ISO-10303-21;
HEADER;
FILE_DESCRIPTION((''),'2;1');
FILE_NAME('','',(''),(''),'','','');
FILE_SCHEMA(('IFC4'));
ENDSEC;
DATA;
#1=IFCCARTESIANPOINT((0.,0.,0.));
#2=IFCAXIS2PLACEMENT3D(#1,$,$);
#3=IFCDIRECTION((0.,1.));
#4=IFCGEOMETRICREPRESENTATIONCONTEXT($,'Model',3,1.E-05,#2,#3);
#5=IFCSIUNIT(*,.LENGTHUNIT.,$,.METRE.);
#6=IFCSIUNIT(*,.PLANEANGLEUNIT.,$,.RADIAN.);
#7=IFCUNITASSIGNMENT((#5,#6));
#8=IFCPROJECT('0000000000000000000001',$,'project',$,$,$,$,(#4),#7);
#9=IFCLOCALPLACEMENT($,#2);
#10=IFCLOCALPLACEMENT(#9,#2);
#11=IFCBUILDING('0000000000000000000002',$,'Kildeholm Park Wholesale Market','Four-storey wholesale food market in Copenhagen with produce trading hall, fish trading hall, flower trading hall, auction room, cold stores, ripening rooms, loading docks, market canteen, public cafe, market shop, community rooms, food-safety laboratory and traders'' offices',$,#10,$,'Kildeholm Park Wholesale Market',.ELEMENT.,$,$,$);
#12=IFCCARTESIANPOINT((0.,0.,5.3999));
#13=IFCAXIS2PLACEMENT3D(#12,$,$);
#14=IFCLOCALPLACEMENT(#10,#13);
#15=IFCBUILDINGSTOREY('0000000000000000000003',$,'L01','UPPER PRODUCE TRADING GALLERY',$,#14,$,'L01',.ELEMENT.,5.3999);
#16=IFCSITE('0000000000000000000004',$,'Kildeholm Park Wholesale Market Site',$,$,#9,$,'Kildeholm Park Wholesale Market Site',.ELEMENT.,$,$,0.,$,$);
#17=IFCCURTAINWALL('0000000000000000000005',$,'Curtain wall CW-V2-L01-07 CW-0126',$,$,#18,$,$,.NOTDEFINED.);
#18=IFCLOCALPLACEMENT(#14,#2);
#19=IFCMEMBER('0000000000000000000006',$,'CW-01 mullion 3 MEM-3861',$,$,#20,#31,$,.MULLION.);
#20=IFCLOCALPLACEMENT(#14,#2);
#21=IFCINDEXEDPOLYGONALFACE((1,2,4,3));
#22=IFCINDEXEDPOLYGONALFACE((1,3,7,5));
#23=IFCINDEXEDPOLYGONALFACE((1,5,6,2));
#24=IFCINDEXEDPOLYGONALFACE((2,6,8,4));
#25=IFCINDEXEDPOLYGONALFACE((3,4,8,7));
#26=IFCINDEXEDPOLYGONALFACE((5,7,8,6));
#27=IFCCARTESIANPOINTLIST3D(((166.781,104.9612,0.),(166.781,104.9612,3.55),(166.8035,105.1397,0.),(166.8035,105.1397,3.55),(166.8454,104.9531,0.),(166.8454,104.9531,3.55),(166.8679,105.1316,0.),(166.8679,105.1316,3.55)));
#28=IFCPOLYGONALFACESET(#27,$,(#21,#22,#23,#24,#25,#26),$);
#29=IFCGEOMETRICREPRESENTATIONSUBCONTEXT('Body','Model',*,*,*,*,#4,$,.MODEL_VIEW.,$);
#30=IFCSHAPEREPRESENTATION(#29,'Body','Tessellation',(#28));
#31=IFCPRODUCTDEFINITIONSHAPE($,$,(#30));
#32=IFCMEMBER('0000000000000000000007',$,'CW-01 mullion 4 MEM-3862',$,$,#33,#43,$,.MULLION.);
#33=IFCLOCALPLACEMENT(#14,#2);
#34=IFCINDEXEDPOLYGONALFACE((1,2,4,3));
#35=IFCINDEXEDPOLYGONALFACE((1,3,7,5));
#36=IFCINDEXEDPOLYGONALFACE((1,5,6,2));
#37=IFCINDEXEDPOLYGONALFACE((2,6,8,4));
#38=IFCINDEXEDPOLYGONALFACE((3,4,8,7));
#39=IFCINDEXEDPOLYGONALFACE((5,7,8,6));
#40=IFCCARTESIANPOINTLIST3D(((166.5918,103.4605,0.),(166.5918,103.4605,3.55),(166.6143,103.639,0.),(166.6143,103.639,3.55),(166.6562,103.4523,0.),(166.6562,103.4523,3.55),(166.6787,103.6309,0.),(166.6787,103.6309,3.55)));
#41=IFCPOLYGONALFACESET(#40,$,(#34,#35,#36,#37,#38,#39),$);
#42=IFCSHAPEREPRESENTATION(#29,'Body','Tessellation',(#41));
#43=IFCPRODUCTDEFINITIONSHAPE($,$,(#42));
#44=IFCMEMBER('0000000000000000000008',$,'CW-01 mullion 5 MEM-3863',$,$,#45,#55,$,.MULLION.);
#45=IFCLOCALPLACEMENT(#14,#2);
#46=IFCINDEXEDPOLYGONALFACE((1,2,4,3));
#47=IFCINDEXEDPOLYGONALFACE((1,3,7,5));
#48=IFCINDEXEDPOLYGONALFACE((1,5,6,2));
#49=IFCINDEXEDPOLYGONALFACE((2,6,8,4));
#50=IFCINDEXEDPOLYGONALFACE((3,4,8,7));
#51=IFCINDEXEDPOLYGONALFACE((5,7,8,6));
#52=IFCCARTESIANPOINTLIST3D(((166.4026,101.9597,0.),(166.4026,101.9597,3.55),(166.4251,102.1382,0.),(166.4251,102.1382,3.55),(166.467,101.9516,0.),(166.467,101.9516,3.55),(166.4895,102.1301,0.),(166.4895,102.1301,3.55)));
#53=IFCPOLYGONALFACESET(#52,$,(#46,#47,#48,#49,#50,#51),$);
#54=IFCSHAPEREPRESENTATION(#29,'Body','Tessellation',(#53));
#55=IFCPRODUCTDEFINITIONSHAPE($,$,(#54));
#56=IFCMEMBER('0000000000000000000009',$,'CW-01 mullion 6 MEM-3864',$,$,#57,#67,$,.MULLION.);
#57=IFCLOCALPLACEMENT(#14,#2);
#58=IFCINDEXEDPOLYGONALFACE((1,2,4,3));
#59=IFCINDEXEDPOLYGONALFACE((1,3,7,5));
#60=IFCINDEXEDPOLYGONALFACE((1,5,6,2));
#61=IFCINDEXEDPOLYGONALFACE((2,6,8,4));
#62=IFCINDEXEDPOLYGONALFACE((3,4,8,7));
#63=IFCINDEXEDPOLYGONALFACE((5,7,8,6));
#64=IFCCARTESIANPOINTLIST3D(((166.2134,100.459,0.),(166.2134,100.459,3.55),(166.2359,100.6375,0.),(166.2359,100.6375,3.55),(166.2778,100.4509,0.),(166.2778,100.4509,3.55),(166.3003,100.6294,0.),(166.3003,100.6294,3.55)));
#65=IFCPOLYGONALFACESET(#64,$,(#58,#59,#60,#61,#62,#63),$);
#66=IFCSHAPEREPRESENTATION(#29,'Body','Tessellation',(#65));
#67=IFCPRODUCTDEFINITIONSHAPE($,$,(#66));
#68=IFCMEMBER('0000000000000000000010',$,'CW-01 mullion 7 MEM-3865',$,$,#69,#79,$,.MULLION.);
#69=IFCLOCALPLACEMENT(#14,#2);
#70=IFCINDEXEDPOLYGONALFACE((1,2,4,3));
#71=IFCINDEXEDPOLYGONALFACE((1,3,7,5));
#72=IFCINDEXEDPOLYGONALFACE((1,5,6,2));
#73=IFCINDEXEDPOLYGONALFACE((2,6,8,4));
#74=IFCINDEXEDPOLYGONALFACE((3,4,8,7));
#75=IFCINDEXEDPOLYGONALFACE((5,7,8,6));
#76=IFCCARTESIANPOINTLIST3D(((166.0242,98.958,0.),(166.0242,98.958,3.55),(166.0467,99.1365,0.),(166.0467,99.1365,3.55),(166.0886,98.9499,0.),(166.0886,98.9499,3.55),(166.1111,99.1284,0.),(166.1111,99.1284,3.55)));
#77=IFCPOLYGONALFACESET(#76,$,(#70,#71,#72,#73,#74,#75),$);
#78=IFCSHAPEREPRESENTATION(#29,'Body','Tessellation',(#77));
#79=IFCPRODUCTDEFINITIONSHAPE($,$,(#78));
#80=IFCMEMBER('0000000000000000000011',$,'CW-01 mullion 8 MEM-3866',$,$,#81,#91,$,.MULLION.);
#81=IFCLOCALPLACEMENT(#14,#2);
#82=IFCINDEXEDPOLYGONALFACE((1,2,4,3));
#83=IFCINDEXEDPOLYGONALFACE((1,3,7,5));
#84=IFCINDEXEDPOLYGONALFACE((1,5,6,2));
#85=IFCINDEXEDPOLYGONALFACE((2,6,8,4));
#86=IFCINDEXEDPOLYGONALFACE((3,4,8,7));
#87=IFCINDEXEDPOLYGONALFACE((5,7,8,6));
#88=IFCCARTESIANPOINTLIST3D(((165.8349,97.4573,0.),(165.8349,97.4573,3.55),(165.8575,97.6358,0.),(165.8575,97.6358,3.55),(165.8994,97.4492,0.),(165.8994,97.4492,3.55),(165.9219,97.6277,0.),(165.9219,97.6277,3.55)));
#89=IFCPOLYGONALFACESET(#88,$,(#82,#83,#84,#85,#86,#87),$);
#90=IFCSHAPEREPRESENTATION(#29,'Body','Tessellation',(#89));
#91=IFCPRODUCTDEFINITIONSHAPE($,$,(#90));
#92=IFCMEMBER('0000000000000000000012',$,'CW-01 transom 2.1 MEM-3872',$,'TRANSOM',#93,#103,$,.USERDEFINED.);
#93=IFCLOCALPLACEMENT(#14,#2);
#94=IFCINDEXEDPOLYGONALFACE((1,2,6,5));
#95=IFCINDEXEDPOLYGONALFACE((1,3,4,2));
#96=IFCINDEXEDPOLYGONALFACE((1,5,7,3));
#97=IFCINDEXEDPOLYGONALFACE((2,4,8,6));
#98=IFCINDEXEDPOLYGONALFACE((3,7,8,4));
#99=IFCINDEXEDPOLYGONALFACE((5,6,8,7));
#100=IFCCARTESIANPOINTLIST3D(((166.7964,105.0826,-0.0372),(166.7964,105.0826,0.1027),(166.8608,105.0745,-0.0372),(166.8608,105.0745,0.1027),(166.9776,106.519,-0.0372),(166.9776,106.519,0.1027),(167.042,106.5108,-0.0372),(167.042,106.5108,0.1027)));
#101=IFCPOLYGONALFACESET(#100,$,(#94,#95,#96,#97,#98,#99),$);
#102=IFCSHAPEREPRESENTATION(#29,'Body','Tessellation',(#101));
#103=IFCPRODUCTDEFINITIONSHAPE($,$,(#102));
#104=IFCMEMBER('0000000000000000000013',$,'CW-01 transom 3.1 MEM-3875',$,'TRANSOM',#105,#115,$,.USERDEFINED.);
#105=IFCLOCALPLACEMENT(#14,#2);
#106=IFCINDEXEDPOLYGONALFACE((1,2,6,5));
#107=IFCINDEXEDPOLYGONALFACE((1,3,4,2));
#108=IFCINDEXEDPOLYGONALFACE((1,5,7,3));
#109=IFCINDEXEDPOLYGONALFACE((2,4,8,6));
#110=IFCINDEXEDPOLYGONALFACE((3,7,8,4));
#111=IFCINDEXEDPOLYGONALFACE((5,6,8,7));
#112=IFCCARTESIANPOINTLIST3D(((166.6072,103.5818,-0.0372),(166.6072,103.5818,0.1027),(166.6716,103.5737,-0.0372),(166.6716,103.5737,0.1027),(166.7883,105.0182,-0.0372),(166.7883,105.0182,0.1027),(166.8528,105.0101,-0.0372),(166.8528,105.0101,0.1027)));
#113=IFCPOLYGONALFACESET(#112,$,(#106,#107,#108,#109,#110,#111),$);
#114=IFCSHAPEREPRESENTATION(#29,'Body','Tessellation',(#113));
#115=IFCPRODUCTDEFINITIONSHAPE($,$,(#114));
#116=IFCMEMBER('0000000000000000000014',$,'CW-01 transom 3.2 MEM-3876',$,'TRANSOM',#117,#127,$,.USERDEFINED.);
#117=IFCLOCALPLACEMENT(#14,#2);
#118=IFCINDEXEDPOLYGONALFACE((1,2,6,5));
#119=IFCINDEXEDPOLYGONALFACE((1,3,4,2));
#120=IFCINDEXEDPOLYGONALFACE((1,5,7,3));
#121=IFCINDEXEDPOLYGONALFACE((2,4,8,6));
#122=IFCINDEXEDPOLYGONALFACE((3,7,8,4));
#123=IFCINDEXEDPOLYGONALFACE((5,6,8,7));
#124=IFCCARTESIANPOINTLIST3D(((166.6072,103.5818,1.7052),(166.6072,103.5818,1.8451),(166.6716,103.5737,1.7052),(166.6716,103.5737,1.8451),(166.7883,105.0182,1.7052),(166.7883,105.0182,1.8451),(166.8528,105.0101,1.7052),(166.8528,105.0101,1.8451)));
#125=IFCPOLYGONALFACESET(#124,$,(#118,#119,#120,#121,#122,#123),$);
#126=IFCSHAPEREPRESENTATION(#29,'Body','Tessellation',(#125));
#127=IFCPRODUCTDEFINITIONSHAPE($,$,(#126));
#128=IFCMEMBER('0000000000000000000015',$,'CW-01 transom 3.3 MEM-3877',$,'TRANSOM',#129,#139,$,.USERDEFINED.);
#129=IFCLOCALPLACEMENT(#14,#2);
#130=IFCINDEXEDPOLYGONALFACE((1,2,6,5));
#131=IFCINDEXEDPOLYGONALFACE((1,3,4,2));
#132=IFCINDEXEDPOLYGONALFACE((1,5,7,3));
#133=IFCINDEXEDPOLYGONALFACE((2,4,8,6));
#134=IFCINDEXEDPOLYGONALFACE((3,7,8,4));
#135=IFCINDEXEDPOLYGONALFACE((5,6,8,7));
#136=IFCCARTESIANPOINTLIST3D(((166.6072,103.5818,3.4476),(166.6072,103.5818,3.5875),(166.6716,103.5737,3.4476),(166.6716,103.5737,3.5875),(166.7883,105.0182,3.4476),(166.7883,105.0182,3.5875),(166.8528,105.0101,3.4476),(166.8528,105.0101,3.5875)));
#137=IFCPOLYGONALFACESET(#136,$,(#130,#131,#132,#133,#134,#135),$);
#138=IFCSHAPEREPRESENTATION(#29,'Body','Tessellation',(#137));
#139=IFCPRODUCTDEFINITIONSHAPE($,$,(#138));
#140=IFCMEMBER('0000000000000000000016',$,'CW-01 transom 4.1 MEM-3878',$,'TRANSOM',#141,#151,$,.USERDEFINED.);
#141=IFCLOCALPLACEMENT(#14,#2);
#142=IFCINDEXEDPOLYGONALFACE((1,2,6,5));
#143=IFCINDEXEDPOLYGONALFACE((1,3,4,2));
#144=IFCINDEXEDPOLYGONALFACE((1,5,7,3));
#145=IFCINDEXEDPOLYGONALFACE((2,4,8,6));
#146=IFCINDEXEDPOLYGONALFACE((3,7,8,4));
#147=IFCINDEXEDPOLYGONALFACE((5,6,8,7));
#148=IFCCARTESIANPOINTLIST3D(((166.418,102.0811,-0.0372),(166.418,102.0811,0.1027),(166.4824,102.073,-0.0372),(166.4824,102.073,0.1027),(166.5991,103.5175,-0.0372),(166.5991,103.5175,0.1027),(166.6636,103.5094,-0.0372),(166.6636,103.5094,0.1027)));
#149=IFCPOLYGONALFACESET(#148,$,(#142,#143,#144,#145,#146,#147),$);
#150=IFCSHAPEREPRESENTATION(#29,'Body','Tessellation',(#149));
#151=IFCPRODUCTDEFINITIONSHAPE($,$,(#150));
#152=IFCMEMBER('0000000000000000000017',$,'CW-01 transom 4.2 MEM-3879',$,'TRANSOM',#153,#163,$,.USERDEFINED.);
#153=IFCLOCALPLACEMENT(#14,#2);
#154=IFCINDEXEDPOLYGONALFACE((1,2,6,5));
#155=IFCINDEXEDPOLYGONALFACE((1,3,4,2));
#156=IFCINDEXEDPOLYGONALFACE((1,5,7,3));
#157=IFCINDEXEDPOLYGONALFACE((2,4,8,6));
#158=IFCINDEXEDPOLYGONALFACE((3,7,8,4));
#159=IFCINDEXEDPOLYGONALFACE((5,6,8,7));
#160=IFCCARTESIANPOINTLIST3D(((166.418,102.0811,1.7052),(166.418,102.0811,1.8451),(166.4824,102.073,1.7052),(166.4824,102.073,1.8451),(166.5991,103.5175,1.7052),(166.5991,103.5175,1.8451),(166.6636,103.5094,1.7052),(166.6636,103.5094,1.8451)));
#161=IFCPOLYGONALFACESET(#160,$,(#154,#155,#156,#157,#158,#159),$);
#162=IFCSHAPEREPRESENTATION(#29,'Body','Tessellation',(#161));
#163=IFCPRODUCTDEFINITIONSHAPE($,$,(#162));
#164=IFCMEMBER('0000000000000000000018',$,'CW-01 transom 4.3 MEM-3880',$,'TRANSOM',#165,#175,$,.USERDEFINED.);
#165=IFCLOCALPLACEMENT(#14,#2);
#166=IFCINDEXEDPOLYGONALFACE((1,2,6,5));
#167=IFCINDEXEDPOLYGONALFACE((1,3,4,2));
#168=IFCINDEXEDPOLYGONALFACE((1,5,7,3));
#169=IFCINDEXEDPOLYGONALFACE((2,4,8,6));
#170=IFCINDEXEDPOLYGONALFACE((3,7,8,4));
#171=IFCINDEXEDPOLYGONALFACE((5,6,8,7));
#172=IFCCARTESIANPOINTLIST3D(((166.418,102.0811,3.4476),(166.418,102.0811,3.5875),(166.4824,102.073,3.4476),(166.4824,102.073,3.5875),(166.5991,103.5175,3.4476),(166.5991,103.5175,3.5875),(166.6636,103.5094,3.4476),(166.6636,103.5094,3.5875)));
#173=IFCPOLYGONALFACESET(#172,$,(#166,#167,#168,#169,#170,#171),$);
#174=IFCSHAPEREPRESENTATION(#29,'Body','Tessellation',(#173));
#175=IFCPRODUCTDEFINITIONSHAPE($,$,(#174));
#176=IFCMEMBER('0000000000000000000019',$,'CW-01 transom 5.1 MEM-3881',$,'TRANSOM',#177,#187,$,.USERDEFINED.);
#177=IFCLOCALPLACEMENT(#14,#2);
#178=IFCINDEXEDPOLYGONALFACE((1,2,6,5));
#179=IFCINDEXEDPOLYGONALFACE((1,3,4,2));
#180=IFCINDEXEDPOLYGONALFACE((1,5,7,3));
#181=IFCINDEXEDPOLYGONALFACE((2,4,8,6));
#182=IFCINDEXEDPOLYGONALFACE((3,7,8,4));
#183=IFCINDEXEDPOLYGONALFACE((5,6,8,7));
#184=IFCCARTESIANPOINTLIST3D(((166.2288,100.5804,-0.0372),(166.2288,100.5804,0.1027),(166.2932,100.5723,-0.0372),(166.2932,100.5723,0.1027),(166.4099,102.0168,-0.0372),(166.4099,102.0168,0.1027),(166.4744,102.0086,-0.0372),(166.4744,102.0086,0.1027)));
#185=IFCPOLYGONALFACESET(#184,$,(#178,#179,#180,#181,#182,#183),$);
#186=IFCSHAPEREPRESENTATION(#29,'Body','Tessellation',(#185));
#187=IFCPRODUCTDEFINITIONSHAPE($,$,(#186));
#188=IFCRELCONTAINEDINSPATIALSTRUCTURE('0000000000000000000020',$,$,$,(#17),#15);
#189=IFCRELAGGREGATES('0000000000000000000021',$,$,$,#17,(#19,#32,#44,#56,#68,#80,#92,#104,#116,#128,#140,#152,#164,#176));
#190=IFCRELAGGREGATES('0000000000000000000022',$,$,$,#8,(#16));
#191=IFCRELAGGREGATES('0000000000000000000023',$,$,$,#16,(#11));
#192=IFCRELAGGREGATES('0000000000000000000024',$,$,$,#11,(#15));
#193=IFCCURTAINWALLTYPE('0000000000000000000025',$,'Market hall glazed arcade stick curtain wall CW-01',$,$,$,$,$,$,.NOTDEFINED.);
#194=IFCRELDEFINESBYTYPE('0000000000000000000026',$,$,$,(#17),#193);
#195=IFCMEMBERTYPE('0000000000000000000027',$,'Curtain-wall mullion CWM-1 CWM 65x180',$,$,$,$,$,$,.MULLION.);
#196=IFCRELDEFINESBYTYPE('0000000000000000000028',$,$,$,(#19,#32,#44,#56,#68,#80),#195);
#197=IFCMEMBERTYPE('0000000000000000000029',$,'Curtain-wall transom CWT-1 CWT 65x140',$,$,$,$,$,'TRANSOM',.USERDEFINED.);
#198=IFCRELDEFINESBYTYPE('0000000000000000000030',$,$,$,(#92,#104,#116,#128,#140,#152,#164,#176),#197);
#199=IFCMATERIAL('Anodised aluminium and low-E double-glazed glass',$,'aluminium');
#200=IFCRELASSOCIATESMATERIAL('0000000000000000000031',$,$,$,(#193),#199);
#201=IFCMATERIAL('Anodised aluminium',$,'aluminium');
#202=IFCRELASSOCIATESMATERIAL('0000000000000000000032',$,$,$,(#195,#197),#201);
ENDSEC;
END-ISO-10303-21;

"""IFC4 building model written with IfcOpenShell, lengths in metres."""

from ifc_helpers import new_model, si_unit, direction, frame, origin, origin_2d, place, context, subcontext, project, spatial, rectangle, extrude, material, material_profile, profile_set, type_object, element, aggregate, save


model = new_model("IFC4")

# Units and contexts
model_context = context("Model", 3, precision=1e-05, world=origin(), true_north=direction((0.0, 1.0)))
body_context = subcontext(model_context, "Body", "Model", "MODEL_VIEW")
ifc_project = project(units=[si_unit("LENGTHUNIT", "METRE"), si_unit("PLANEANGLEUNIT", "RADIAN")], contexts=[model_context])

# Site, building, storey
site_placement = place(None, origin())
site = spatial("IfcSite", under=ifc_project, at=site_placement, Name="Kildeholm Park Wholesale Market Site", LongName="Kildeholm Park Wholesale Market Site", CompositionType="ELEMENT", RefElevation=0.0)
building_placement = place(site_placement, origin())
building = spatial("IfcBuilding", under=site, at=building_placement, Name="Kildeholm Park Wholesale Market", Description="Four-storey wholesale food market in Copenhagen with produce trading hall, fish trading hall, flower trading hall, auction room, cold stores, ripening rooms, loading docks, market canteen, public cafe, market shop, community rooms, food-safety laboratory and traders' offices", LongName="Kildeholm Park Wholesale Market", CompositionType="ELEMENT")
storey_placement = place(building_placement, frame((0.0, 0.0, 5.3999)))
storey = spatial("IfcBuildingStorey", under=building, at=storey_placement, Name="L01", Description="UPPER PRODUCE TRADING GALLERY", LongName="L01", CompositionType="ELEMENT", Elevation=5.3999)

# Curtain wall, members
ifc_material_1 = material(Name="Anodised aluminium and low-E double-glazed glass", Category="aluminium")
curtain_wall_type = type_object("IfcCurtainWallType", Name="Market hall glazed arcade stick curtain wall CW-01", PredefinedType="NOTDEFINED", material=ifc_material_1)
curtain_wall_1_placement = place(storey_placement, origin())
curtain_wall_1 = element("IfcCurtainWall", 1, at=curtain_wall_1_placement, inside=storey, type_object=curtain_wall_type, Name="Curtain wall CW-V2-L01-07 CW-0126", PredefinedType="NOTDEFINED")
ifc_material_2 = material(Name="Anodised aluminium", Category="aluminium")
ifc_material_profile_1 = material_profile(ifc_material_2, rectangle(XDim=0.0649, YDim=0.1799, at=origin_2d()), Name="CWM 65x180")
ifc_profile_set_1 = profile_set([ifc_material_profile_1], Name="Anodised aluminium")
member_type_1 = type_object("IfcMemberType", Name="Curtain-wall mullion CWM-1 CWM 65x180", PredefinedType="MULLION", material=ifc_profile_set_1)
member_1_placement = place(storey_placement, frame((166.8245, 105.0464, 0.0), z_axis=(0.0, 0.0, 1.0), x_axis=(0.992145, -0.125092, 0.0)))
member_1 = element("IfcMember", 2, at=member_1_placement, type_object=member_type_1, Name="CW-01 mullion 3 MEM-3861", PredefinedType="MULLION", context=body_context, shape_type="SweptSolid", body=[
    extrude(rectangle(XDim=0.0649, YDim=0.1799, at=origin_2d()), origin(), (0.0, 0.0, 1.0), 3.55),
])
member_2_placement = place(storey_placement, frame((166.6353, 103.5457, 0.0), z_axis=(0.0, 0.0, 1.0), x_axis=(0.992145, -0.125092, 0.0)))
member_2 = element("IfcMember", 3, at=member_2_placement, type_object=member_type_1, Name="CW-01 mullion 4 MEM-3862", PredefinedType="MULLION", context=body_context, shape_type="SweptSolid", body=[
    extrude(rectangle(XDim=0.0649, YDim=0.1799, at=origin_2d()), origin(), (0.0, 0.0, 1.0), 3.55),
])
member_3_placement = place(storey_placement, frame((166.446, 102.0449, 0.0), z_axis=(0.0, 0.0, 1.0), x_axis=(0.992145, -0.125092, 0.0)))
member_3 = element("IfcMember", 4, at=member_3_placement, type_object=member_type_1, Name="CW-01 mullion 5 MEM-3863", PredefinedType="MULLION", context=body_context, shape_type="SweptSolid", body=[
    extrude(rectangle(XDim=0.0649, YDim=0.1799, at=origin_2d()), origin(), (0.0, 0.0, 1.0), 3.55),
])
member_4_placement = place(storey_placement, frame((166.2568, 100.5442, 0.0), z_axis=(0.0, 0.0, 1.0), x_axis=(0.992145, -0.125092, 0.0)))
member_4 = element("IfcMember", 5, at=member_4_placement, type_object=member_type_1, Name="CW-01 mullion 6 MEM-3864", PredefinedType="MULLION", context=body_context, shape_type="SweptSolid", body=[
    extrude(rectangle(XDim=0.0649, YDim=0.1799, at=origin_2d()), origin(), (0.0, 0.0, 1.0), 3.55),
])
member_5_placement = place(storey_placement, frame((166.0676, 99.0432, 0.0), z_axis=(0.0, 0.0, 1.0), x_axis=(0.992145, -0.125092, 0.0)))
member_5 = element("IfcMember", 6, at=member_5_placement, type_object=member_type_1, Name="CW-01 mullion 7 MEM-3865", PredefinedType="MULLION", context=body_context, shape_type="SweptSolid", body=[
    extrude(rectangle(XDim=0.0649, YDim=0.1799, at=origin_2d()), origin(), (0.0, 0.0, 1.0), 3.55),
])
member_6_placement = place(storey_placement, frame((165.8784, 97.5425, 0.0), z_axis=(0.0, 0.0, 1.0), x_axis=(0.992145, -0.125092, 0.0)))
member_6 = element("IfcMember", 7, at=member_6_placement, type_object=member_type_1, Name="CW-01 mullion 8 MEM-3866", PredefinedType="MULLION", context=body_context, shape_type="SweptSolid", body=[
    extrude(rectangle(XDim=0.0649, YDim=0.1799, at=origin_2d()), origin(), (0.0, 0.0, 1.0), 3.55),
])
ifc_material_profile_2 = material_profile(ifc_material_2, rectangle(XDim=0.0649, YDim=0.1399, at=origin_2d()), Name="CWT 65x140")
ifc_profile_set_2 = profile_set([ifc_material_profile_2], Name="Anodised aluminium")
member_type_2 = type_object("IfcMemberType", Name="Curtain-wall transom CWT-1 CWT 65x140", ElementType="TRANSOM", PredefinedType="USERDEFINED", material=ifc_profile_set_2)
member_7_placement = place(storey_placement, frame((167.0098, 106.5149, 0.0327), z_axis=(-0.125135, -0.99214, 0.0), x_axis=(0.99214, -0.125135, 0.0)))
member_7 = element("IfcMember", 8, at=member_7_placement, type_object=member_type_2, Name="CW-01 transom 2.1 MEM-3872", ObjectType="TRANSOM", PredefinedType="USERDEFINED", context=body_context, shape_type="SweptSolid", body=[
    extrude(rectangle(XDim=0.0649, YDim=0.1399, at=origin_2d()), origin(), (0.0, 0.0, 1.0), 1.4478),
])
member_8_placement = place(storey_placement, frame((166.8206, 105.0142, 0.0327), z_axis=(-0.125135, -0.99214, 0.0), x_axis=(0.99214, -0.125135, 0.0)))
member_8 = element("IfcMember", 9, at=member_8_placement, type_object=member_type_2, Name="CW-01 transom 3.1 MEM-3875", ObjectType="TRANSOM", PredefinedType="USERDEFINED", context=body_context, shape_type="SweptSolid", body=[
    extrude(rectangle(XDim=0.0649, YDim=0.1399, at=origin_2d()), origin(), (0.0, 0.0, 1.0), 1.4478),
])
member_9_placement = place(storey_placement, frame((166.8206, 105.0142, 1.7751), z_axis=(-0.125135, -0.99214, 0.0), x_axis=(0.99214, -0.125135, 0.0)))
member_9 = element("IfcMember", 10, at=member_9_placement, type_object=member_type_2, Name="CW-01 transom 3.2 MEM-3876", ObjectType="TRANSOM", PredefinedType="USERDEFINED", context=body_context, shape_type="SweptSolid", body=[
    extrude(rectangle(XDim=0.0649, YDim=0.1399, at=origin_2d()), origin(), (0.0, 0.0, 1.0), 1.4478),
])
member_10_placement = place(storey_placement, frame((166.8206, 105.0142, 3.5176), z_axis=(-0.125135, -0.99214, 0.0), x_axis=(0.99214, -0.125135, 0.0)))
member_10 = element("IfcMember", 11, at=member_10_placement, type_object=member_type_2, Name="CW-01 transom 3.3 MEM-3877", ObjectType="TRANSOM", PredefinedType="USERDEFINED", context=body_context, shape_type="SweptSolid", body=[
    extrude(rectangle(XDim=0.0649, YDim=0.1399, at=origin_2d()), origin(), (0.0, 0.0, 1.0), 1.4478),
])
member_11_placement = place(storey_placement, frame((166.6313, 103.5134, 0.0327), z_axis=(-0.125135, -0.99214, 0.0), x_axis=(0.99214, -0.125135, 0.0)))
member_11 = element("IfcMember", 12, at=member_11_placement, type_object=member_type_2, Name="CW-01 transom 4.1 MEM-3878", ObjectType="TRANSOM", PredefinedType="USERDEFINED", context=body_context, shape_type="SweptSolid", body=[
    extrude(rectangle(XDim=0.0649, YDim=0.1399, at=origin_2d()), origin(), (0.0, 0.0, 1.0), 1.4478),
])
member_12_placement = place(storey_placement, frame((166.6313, 103.5134, 1.7751), z_axis=(-0.125135, -0.99214, 0.0), x_axis=(0.99214, -0.125135, 0.0)))
member_12 = element("IfcMember", 13, at=member_12_placement, type_object=member_type_2, Name="CW-01 transom 4.2 MEM-3879", ObjectType="TRANSOM", PredefinedType="USERDEFINED", context=body_context, shape_type="SweptSolid", body=[
    extrude(rectangle(XDim=0.0649, YDim=0.1399, at=origin_2d()), origin(), (0.0, 0.0, 1.0), 1.4478),
])
member_13_placement = place(storey_placement, frame((166.6313, 103.5134, 3.5176), z_axis=(-0.125135, -0.99214, 0.0), x_axis=(0.99214, -0.125135, 0.0)))
member_13 = element("IfcMember", 14, at=member_13_placement, type_object=member_type_2, Name="CW-01 transom 4.3 MEM-3880", ObjectType="TRANSOM", PredefinedType="USERDEFINED", context=body_context, shape_type="SweptSolid", body=[
    extrude(rectangle(XDim=0.0649, YDim=0.1399, at=origin_2d()), origin(), (0.0, 0.0, 1.0), 1.4478),
])
member_14_placement = place(storey_placement, frame((166.4421, 102.0127, 0.0327), z_axis=(-0.125135, -0.99214, 0.0), x_axis=(0.99214, -0.125135, 0.0)))
member_14 = element("IfcMember", 15, at=member_14_placement, type_object=member_type_2, Name="CW-01 transom 5.1 MEM-3881", ObjectType="TRANSOM", PredefinedType="USERDEFINED", context=body_context, shape_type="SweptSolid", body=[
    extrude(rectangle(XDim=0.0649, YDim=0.1399, at=origin_2d()), origin(), (0.0, 0.0, 1.0), 1.4478),
])

aggregate(curtain_wall_1, [member_1, member_2, member_3, member_4, member_5, member_6, member_7, member_8, member_9, member_10, member_11, member_12, member_13, member_14])

save(model, "model.ifc")
